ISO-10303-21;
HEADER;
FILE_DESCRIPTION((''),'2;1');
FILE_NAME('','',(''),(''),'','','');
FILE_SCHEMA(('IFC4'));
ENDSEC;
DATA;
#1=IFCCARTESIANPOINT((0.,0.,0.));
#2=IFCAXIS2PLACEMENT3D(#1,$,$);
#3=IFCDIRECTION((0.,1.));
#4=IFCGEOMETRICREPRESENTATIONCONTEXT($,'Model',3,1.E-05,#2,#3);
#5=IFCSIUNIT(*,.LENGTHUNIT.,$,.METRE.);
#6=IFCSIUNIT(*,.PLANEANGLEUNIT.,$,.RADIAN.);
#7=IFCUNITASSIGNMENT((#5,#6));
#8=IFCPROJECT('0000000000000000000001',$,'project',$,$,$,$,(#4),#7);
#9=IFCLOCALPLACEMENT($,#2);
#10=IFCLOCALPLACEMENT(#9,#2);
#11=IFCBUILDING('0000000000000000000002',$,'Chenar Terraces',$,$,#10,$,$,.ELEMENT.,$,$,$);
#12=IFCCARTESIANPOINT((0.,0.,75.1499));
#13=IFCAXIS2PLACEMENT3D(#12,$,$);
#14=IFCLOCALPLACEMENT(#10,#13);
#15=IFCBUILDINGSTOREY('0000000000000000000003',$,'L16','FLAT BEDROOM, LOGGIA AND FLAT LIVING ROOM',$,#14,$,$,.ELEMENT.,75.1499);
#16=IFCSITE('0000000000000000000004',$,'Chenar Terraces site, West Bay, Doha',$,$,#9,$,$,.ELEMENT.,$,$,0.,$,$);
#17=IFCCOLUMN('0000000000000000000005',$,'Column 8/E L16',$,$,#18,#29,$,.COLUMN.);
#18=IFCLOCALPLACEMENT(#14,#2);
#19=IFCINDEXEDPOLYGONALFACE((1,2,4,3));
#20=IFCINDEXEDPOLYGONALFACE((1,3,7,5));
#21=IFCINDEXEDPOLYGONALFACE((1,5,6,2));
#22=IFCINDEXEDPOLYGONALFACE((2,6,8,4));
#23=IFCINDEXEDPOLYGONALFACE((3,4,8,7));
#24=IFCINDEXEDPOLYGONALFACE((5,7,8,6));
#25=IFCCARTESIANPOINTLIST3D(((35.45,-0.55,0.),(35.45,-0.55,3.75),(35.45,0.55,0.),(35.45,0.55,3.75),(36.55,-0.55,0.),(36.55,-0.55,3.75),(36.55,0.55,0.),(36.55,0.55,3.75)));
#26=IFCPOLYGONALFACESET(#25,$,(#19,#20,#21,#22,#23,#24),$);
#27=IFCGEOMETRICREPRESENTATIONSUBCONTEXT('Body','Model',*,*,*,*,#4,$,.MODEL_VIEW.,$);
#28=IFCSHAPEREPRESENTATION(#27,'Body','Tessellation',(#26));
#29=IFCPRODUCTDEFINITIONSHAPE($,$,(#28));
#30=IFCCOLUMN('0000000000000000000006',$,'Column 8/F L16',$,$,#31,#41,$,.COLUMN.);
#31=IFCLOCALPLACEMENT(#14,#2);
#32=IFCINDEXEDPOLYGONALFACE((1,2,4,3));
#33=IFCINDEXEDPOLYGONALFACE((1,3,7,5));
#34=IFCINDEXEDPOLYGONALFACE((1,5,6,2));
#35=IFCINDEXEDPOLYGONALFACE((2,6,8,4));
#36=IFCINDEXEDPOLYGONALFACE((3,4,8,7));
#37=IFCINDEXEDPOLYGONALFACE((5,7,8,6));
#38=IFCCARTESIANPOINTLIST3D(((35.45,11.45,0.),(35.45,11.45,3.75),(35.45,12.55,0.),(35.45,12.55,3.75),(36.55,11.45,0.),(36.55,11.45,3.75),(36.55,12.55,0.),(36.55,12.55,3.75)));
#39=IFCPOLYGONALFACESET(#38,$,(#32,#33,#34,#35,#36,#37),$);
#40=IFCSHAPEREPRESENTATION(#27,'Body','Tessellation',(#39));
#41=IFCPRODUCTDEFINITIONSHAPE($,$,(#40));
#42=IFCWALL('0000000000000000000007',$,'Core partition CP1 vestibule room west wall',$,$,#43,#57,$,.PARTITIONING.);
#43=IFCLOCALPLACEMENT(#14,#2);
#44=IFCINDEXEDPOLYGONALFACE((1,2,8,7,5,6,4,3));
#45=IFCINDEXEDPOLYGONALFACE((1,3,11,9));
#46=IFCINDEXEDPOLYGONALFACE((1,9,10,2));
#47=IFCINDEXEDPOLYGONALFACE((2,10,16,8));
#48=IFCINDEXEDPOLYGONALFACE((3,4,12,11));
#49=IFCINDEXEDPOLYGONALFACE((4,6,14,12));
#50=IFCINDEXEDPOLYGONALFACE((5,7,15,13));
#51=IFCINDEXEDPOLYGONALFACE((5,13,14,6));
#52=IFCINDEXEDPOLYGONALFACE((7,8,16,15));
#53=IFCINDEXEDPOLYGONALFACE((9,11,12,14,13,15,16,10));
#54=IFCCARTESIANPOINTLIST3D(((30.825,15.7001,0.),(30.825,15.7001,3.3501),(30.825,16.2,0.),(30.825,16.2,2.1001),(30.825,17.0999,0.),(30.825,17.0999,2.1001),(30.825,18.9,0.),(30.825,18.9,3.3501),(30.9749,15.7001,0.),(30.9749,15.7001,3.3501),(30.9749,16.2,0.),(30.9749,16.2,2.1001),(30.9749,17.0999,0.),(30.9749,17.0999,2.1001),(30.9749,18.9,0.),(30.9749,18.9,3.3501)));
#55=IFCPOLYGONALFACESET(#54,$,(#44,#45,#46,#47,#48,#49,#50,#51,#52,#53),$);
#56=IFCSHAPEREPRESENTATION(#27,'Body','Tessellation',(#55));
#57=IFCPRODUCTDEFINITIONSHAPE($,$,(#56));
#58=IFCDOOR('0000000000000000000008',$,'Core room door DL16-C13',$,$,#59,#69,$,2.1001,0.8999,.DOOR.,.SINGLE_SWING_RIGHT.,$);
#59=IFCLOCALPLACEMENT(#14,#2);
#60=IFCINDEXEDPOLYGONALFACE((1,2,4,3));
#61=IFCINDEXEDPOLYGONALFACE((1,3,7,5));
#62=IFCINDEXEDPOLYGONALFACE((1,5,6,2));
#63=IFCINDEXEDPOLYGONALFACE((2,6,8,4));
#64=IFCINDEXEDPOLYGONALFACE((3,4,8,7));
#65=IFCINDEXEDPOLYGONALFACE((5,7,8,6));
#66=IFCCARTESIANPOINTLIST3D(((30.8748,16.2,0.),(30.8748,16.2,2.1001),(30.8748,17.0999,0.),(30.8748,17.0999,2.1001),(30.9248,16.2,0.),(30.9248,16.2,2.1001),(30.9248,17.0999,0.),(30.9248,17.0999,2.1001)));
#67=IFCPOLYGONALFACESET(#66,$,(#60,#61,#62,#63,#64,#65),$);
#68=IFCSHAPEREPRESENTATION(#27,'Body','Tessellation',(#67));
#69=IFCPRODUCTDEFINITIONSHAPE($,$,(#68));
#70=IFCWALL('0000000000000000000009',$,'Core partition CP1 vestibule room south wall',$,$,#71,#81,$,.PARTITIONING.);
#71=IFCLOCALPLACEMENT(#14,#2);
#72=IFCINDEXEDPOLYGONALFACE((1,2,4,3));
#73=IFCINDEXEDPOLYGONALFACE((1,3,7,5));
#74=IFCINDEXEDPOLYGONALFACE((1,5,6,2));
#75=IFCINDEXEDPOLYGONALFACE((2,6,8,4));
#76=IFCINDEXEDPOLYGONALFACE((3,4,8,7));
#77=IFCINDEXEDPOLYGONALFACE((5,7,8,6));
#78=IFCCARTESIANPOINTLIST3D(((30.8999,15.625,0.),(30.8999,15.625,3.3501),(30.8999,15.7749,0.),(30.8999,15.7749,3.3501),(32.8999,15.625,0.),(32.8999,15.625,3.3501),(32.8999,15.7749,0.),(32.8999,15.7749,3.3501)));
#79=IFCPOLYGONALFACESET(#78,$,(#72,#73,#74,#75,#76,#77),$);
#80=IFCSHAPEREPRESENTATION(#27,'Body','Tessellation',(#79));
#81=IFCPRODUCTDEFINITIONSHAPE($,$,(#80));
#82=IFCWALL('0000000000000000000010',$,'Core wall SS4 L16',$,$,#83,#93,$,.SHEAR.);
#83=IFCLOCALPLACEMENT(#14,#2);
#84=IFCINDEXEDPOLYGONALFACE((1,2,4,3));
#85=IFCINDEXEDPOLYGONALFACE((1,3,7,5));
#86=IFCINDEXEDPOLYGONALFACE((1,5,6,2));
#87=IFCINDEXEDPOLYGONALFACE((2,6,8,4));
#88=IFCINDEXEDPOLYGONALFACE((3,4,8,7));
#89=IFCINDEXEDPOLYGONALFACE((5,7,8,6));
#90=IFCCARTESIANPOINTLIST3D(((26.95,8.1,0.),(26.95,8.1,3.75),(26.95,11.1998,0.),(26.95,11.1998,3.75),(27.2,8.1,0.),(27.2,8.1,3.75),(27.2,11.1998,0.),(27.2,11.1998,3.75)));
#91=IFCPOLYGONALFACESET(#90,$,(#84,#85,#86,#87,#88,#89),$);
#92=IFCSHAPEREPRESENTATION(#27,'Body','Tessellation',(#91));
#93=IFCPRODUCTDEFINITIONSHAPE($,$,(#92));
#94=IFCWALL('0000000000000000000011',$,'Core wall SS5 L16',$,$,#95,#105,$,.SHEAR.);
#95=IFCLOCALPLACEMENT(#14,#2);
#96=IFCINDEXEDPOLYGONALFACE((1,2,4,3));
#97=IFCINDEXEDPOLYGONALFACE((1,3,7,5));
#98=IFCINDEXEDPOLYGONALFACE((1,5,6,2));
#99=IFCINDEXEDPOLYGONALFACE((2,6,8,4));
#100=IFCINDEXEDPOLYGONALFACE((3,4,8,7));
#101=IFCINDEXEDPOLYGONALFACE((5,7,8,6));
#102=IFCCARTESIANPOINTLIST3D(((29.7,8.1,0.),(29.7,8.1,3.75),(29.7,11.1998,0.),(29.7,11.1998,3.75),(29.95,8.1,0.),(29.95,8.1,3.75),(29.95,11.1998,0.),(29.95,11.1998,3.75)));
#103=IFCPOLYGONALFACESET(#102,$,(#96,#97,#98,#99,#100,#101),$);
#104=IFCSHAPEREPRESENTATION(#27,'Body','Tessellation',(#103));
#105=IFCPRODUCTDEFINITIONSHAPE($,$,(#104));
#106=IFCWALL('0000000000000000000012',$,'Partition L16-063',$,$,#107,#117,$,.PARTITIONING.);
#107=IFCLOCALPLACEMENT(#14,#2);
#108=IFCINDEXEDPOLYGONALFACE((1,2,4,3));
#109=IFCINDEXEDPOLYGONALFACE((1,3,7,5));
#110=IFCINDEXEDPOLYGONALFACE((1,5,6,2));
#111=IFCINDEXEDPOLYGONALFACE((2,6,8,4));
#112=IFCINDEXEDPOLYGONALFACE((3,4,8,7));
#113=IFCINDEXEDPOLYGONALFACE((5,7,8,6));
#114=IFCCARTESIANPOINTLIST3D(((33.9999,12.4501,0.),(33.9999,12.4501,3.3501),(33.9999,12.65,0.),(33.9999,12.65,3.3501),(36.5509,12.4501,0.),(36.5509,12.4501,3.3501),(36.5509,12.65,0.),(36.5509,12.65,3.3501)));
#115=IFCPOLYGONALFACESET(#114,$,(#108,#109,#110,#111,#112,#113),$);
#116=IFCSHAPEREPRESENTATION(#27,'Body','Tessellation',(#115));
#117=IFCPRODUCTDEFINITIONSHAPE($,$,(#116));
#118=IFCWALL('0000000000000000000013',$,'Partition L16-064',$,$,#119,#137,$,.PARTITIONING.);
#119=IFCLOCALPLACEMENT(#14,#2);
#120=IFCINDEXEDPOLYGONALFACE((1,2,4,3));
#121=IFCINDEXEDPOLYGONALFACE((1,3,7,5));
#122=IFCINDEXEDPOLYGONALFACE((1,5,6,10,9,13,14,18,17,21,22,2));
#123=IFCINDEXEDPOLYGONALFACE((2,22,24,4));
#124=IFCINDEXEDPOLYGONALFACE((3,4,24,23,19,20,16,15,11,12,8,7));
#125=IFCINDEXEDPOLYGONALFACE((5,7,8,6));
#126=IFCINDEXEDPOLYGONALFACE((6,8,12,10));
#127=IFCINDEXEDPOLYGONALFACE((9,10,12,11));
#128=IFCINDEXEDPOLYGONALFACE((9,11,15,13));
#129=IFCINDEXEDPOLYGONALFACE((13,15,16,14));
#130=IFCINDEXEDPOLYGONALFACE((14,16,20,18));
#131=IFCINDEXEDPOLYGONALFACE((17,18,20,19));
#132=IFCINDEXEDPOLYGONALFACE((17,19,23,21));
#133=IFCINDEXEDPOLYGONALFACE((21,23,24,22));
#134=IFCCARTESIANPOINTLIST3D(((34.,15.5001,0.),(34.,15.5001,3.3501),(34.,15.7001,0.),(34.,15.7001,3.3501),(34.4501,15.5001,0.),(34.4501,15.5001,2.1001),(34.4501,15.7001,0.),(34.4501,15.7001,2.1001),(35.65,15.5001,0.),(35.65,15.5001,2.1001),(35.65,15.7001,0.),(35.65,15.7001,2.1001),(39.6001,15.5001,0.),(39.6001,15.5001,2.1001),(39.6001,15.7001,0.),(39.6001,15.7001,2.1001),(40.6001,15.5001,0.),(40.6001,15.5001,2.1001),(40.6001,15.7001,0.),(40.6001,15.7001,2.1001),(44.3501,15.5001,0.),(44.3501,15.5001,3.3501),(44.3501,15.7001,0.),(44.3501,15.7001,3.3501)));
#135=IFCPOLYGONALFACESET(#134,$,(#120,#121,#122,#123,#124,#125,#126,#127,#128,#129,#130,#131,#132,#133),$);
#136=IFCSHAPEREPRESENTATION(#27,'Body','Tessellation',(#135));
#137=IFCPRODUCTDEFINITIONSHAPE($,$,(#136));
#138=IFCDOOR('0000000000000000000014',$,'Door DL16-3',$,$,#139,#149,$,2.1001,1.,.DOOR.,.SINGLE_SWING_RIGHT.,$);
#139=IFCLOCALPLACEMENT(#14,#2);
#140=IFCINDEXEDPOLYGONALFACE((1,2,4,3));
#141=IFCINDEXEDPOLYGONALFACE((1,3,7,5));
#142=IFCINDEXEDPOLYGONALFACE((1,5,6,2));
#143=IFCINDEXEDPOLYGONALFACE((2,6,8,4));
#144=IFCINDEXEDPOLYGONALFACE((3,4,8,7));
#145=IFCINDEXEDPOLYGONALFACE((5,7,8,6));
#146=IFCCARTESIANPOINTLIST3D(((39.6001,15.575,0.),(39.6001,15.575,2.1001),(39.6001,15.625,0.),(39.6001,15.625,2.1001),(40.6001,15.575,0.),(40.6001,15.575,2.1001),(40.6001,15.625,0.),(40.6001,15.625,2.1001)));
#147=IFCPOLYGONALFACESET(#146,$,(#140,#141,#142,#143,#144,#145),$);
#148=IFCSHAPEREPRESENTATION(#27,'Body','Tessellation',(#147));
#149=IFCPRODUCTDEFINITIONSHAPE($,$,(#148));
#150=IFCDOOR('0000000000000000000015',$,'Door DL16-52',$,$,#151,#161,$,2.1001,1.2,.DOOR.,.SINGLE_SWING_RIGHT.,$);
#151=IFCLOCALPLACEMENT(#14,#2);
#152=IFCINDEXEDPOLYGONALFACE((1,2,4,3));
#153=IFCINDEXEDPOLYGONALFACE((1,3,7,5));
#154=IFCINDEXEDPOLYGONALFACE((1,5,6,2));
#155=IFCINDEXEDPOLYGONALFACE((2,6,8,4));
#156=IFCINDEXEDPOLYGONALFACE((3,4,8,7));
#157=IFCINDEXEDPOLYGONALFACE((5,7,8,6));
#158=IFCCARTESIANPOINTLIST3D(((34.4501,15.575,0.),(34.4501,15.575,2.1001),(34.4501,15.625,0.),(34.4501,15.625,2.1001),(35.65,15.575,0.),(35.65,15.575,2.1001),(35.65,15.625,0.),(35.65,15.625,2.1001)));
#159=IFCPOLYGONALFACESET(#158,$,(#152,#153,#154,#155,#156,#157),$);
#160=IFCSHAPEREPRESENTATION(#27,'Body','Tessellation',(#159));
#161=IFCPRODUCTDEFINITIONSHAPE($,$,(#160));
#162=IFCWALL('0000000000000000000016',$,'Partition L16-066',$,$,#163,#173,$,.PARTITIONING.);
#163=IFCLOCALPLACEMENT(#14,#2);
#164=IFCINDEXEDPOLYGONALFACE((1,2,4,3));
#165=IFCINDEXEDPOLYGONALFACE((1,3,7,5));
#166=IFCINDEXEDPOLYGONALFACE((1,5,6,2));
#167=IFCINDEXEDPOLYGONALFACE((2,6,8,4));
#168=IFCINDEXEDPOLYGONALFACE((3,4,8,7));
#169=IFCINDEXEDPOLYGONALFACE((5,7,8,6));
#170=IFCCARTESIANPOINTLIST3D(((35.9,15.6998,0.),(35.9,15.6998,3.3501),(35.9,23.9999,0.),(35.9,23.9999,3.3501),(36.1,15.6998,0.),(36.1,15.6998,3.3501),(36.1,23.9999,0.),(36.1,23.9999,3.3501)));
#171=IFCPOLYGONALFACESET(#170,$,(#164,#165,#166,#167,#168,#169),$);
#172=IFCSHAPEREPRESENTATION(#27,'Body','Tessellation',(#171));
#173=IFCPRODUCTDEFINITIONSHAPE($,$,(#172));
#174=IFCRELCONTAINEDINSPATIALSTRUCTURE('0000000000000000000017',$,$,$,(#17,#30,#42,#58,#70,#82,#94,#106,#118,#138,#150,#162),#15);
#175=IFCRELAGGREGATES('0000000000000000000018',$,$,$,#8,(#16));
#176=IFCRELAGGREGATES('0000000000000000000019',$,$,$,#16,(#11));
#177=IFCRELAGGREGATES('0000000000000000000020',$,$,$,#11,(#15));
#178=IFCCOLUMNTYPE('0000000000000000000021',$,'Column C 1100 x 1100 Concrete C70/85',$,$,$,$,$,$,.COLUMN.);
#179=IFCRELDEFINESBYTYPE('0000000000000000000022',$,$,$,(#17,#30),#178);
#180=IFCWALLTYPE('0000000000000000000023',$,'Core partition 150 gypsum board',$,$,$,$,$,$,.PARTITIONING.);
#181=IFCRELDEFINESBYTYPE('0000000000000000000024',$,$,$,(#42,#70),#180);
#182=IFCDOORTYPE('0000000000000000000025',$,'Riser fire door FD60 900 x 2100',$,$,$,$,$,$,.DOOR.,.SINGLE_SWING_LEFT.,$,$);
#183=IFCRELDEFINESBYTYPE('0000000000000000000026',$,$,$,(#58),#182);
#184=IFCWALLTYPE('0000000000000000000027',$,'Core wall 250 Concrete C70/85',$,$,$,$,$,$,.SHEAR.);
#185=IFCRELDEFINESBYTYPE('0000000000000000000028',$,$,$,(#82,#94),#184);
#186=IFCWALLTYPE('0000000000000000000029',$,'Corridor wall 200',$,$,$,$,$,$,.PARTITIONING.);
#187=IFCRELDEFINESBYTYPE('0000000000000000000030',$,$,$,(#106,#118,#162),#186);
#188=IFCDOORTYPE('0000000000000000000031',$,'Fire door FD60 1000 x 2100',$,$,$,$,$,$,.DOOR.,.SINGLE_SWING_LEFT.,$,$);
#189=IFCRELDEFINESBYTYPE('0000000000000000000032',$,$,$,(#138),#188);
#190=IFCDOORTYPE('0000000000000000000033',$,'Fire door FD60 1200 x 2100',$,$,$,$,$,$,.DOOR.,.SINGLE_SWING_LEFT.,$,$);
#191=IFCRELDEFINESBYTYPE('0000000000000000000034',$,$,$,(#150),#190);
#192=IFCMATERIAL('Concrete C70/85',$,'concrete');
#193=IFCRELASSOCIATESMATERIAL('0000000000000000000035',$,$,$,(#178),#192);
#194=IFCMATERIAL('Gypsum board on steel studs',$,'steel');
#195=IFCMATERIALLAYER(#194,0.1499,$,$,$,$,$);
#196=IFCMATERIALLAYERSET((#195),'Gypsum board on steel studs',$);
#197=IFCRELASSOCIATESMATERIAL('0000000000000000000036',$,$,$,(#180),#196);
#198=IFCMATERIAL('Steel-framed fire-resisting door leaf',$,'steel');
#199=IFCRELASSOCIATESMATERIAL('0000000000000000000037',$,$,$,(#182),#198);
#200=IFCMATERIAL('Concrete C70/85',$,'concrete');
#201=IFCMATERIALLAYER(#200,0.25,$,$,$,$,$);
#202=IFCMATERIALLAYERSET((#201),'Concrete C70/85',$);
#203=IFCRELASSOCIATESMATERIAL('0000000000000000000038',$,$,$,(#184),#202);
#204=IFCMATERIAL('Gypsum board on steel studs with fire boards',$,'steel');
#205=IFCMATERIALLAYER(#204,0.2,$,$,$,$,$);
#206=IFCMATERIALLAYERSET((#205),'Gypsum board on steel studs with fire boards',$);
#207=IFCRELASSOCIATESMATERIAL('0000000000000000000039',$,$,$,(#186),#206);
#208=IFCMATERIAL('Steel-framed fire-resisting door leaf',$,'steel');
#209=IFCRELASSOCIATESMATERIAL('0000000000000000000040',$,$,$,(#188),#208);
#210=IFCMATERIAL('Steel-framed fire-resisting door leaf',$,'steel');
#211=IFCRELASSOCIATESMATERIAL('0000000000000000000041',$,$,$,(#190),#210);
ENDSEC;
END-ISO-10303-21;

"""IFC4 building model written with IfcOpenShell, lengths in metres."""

from ifc_helpers import new_model, si_unit, direction, frame, frame_2d, origin, origin_2d, place, context, subcontext, project, spatial, rectangle, extrude, material, layer, layer_set, material_profile, profile_set, type_object, element, fill, save


model = new_model("IFC4")

# Units and contexts
model_context = context("Model", 3, precision=1e-05, world=origin(), true_north=direction((0.0, 1.0)))
body_context = subcontext(model_context, "Body", "Model", "MODEL_VIEW")
ifc_project = project(units=[si_unit("LENGTHUNIT", "METRE"), si_unit("PLANEANGLEUNIT", "RADIAN")], contexts=[model_context])

# Site, building, storey
site_placement = place(None, origin())
site = spatial("IfcSite", under=ifc_project, at=site_placement, Name="Chenar Terraces site, West Bay, Doha", CompositionType="ELEMENT", RefElevation=0.0)
building_placement = place(site_placement, origin())
building = spatial("IfcBuilding", under=site, at=building_placement, Name="Chenar Terraces", CompositionType="ELEMENT")
storey_placement = place(building_placement, frame((0.0, 0.0, 75.1499)))
storey = spatial("IfcBuildingStorey", under=building, at=storey_placement, Name="L16", Description="FLAT BEDROOM, LOGGIA AND FLAT LIVING ROOM", CompositionType="ELEMENT", Elevation=75.1499)

# Columns
ifc_material_1 = material(Name="Concrete C70/85", Category="concrete")
ifc_material_profile = material_profile(ifc_material_1, rectangle(XDim=1.1001, YDim=1.1001, at=origin_2d()), Name="C 1100 x 1100")
ifc_profile_set = profile_set([ifc_material_profile], Name="Concrete C70/85")
column_type = type_object("IfcColumnType", Name="Column C 1100 x 1100 Concrete C70/85", PredefinedType="COLUMN", material=ifc_profile_set)
for number, where, z_axis, x_axis, name in (
    (1, (36.0, 0.0, 0.0), (0.0, 0.0, 1.0), (1.0, 0.0, 0.0), "Column 8/E L16"),
    (2, (36.0, 12.0, 0.0), (0.0, 0.0, 1.0), (1.0, 0.0, 0.0), "Column 8/F L16"),
):
    element("IfcColumn", number, at=place(storey_placement, frame(where, z_axis=z_axis, x_axis=x_axis)), inside=storey, type_object=column_type, Name=name, PredefinedType="COLUMN", context=body_context, shape_type="SweptSolid", body=[
        extrude(rectangle(XDim=1.1001, YDim=1.1001, at=origin_2d()), origin(), (0.0, 0.0, 1.0), 3.75),
    ])

# Wall, opening, door
ifc_material_2 = material(Name="Gypsum board on steel studs", Category="steel")
ifc_layer_1 = layer(ifc_material_2, 0.1499)
ifc_layer_set_1 = layer_set([ifc_layer_1], Name="Gypsum board on steel studs")
wall_type_1 = type_object("IfcWallType", Name="Core partition 150 gypsum board", PredefinedType="PARTITIONING", material=ifc_layer_set_1)
wall_1_placement = place(storey_placement, frame((30.8999, 15.7, 0.0), z_axis=(0.0, 0.0, 1.0), x_axis=(0.0, 1.0, 0.0)))
wall_1 = element("IfcWall", 3, at=wall_1_placement, inside=storey, type_object=wall_type_1, Name="Core partition CP1 vestibule room west wall", PredefinedType="PARTITIONING", context=body_context, shape_type="SweptSolid", body=[
    extrude(rectangle(XDim=3.2, YDim=0.1499, at=frame_2d((1.6001, 0.0))), origin(), (0.0, 0.0, 1.0), 3.3501),
])
opening_1_placement = place(wall_1_placement, frame((0.5, 0.0, 0.0)))
opening_1 = element("IfcOpeningElement", 4, at=opening_1_placement, cuts=wall_1, PredefinedType="OPENING", context=body_context, shape_type="SweptSolid", body=[
    extrude(rectangle(XDim=0.8999, YDim=2.1001, at=frame_2d((0.45, 1.05))), frame((0.0, 0.085, 0.0), z_axis=(0.0, -1.0, 0.0), x_axis=(1.0, 0.0, 0.0)), (0.0, 0.0, 1.0), 0.1699),
])
ifc_material_3 = material(Name="Steel-framed fire-resisting door leaf", Category="steel")
door_type_1 = type_object("IfcDoorType", Name="Riser fire door FD60 900 x 2100", OperationType="SINGLE_SWING_LEFT", PredefinedType="DOOR", material=ifc_material_3)
door_1_placement = place(opening_1_placement, frame((0.8999, 0.0, 0.0), z_axis=(0.0, 0.0, 1.0), x_axis=(-1.0, 0.0, 0.0)))
door_1 = element("IfcDoor", 5, at=door_1_placement, inside=storey, type_object=door_type_1, Name="Core room door DL16-C13", OperationType="SINGLE_SWING_RIGHT", OverallHeight=2.1001, OverallWidth=0.8999, PredefinedType="DOOR", context=body_context, shape_type="SweptSolid", body=[
    extrude(rectangle(XDim=0.8999, YDim=2.1001, at=frame_2d((0.45, 1.05))), frame((0.0, 0.0249, 0.0), z_axis=(0.0, -1.0, 0.0), x_axis=(1.0, 0.0, 0.0)), (0.0, 0.0, 1.0), 0.05),
])
fill(opening_1, door_1)

# Wall
wall_2_placement = place(storey_placement, frame((30.8999, 15.7, 0.0), z_axis=(0.0, 0.0, 1.0), x_axis=(1.0, 0.0, 0.0)))
element("IfcWall", 6, at=wall_2_placement, inside=storey, type_object=wall_type_1, Name="Core partition CP1 vestibule room south wall", PredefinedType="PARTITIONING", context=body_context, shape_type="SweptSolid", body=[
    extrude(rectangle(XDim=2.0, YDim=0.1499, at=frame_2d((1.0, 0.0))), origin(), (0.0, 0.0, 1.0), 3.3501),
])

# Walls
ifc_material_4 = material(Name="Concrete C70/85", Category="concrete")
ifc_layer_2 = layer(ifc_material_4, 0.25)
ifc_layer_set_2 = layer_set([ifc_layer_2], Name="Concrete C70/85")
wall_type_2 = type_object("IfcWallType", Name="Core wall 250 Concrete C70/85", PredefinedType="SHEAR", material=ifc_layer_set_2)
for number, where, z_axis, x_axis, name in (
    (7, (27.075, 8.1001, 0.0), (0.0, 0.0, 1.0), (0.0, 1.0, 0.0), "Core wall SS4 L16"),
    (8, (29.825, 8.1001, 0.0), (0.0, 0.0, 1.0), (0.0, 1.0, 0.0), "Core wall SS5 L16"),
):
    element("IfcWall", number, at=place(storey_placement, frame(where, z_axis=z_axis, x_axis=x_axis)), inside=storey, type_object=wall_type_2, Name=name, PredefinedType="SHEAR", context=body_context, shape_type="SweptSolid", body=[
        extrude(rectangle(XDim=3.0999, YDim=0.25, at=frame_2d((1.5498, 0.0))), origin(), (0.0, 0.0, 1.0), 3.75),
    ])
ifc_material_5 = material(Name="Gypsum board on steel studs with fire boards", Category="steel")
ifc_layer_3 = layer(ifc_material_5, 0.2)
ifc_layer_set_3 = layer_set([ifc_layer_3], Name="Gypsum board on steel studs with fire boards")
wall_type_3 = type_object("IfcWallType", Name="Corridor wall 200", PredefinedType="PARTITIONING", material=ifc_layer_set_3)
wall_3_placement = place(storey_placement, frame((34.0, 12.55, 0.0), z_axis=(0.0, 0.0, 1.0), x_axis=(1.0, 0.0, 0.0)))
element("IfcWall", 9, at=wall_3_placement, inside=storey, type_object=wall_type_3, Name="Partition L16-063", PredefinedType="PARTITIONING", context=body_context, shape_type="SweptSolid", body=[
    extrude(rectangle(XDim=2.551, YDim=0.2, at=frame_2d((1.2754, 0.0))), origin(), (0.0, 0.0, 1.0), 3.3501),
])

# Wall, openings, doors
wall_4_placement = place(storey_placement, frame((34.0, 15.6001, 0.0), z_axis=(0.0, 0.0, 1.0), x_axis=(1.0, 0.0, 0.0)))
wall_4 = element("IfcWall", 10, at=wall_4_placement, inside=storey, type_object=wall_type_3, Name="Partition L16-064", PredefinedType="PARTITIONING", context=body_context, shape_type="SweptSolid", body=[
    extrude(rectangle(XDim=10.3501, YDim=0.2, at=frame_2d((5.175, 0.0))), origin(), (0.0, 0.0, 1.0), 3.3501),
])
opening_2_placement = place(wall_4_placement, frame((5.6001, 0.0, 0.0)))
opening_2 = element("IfcOpeningElement", 11, at=opening_2_placement, cuts=wall_4, PredefinedType="OPENING", context=body_context, shape_type="SweptSolid", body=[
    extrude(rectangle(XDim=1.0, YDim=2.1001, at=frame_2d((0.5, 1.05))), frame((0.0, 0.1099, 0.0), z_axis=(0.0, -1.0, 0.0), x_axis=(1.0, 0.0, 0.0)), (0.0, 0.0, 1.0), 0.22),
])
opening_3_placement = place(wall_4_placement, frame((0.45, 0.0, 0.0)))
opening_3 = element("IfcOpeningElement", 12, at=opening_3_placement, cuts=wall_4, PredefinedType="OPENING", context=body_context, shape_type="SweptSolid", body=[
    extrude(rectangle(XDim=1.2, YDim=2.1001, at=frame_2d((0.6001, 1.05))), frame((0.0, 0.1099, 0.0), z_axis=(0.0, -1.0, 0.0), x_axis=(1.0, 0.0, 0.0)), (0.0, 0.0, 1.0), 0.22),
])
ifc_material_6 = material(Name="Steel-framed fire-resisting door leaf", Category="steel")
door_type_2 = type_object("IfcDoorType", Name="Fire door FD60 1000 x 2100", OperationType="SINGLE_SWING_LEFT", PredefinedType="DOOR", material=ifc_material_6)
door_2_placement = place(opening_2_placement, origin())
door_2 = element("IfcDoor", 13, at=door_2_placement, inside=storey, type_object=door_type_2, Name="Door DL16-3", OperationType="SINGLE_SWING_RIGHT", OverallHeight=2.1001, OverallWidth=1.0, PredefinedType="DOOR", context=body_context, shape_type="SweptSolid", body=[
    extrude(rectangle(XDim=1.0, YDim=2.1001, at=frame_2d((0.5, 1.05))), frame((0.0, 0.0249, 0.0), z_axis=(0.0, -1.0, 0.0), x_axis=(1.0, 0.0, 0.0)), (0.0, 0.0, 1.0), 0.05),
])
fill(opening_2, door_2)
ifc_material_7 = material(Name="Steel-framed fire-resisting door leaf", Category="steel")
door_type_3 = type_object("IfcDoorType", Name="Fire door FD60 1200 x 2100", OperationType="SINGLE_SWING_LEFT", PredefinedType="DOOR", material=ifc_material_7)
door_3_placement = place(opening_3_placement, origin())
door_3 = element("IfcDoor", 14, at=door_3_placement, inside=storey, type_object=door_type_3, Name="Door DL16-52", OperationType="SINGLE_SWING_RIGHT", OverallHeight=2.1001, OverallWidth=1.2, PredefinedType="DOOR", context=body_context, shape_type="SweptSolid", body=[
    extrude(rectangle(XDim=1.2, YDim=2.1001, at=frame_2d((0.6001, 1.05))), frame((0.0, 0.0249, 0.0), z_axis=(0.0, -1.0, 0.0), x_axis=(1.0, 0.0, 0.0)), (0.0, 0.0, 1.0), 0.05),
])
fill(opening_3, door_3)

# Wall
wall_5_placement = place(storey_placement, frame((36.0, 15.7, 0.0), z_axis=(0.0, 0.0, 1.0), x_axis=(0.0, 1.0, 0.0)))
element("IfcWall", 15, at=wall_5_placement, inside=storey, type_object=wall_type_3, Name="Partition L16-066", PredefinedType="PARTITIONING", context=body_context, shape_type="SweptSolid", body=[
    extrude(rectangle(XDim=8.3, YDim=0.2, at=frame_2d((4.1499, 0.0))), origin(), (0.0, 0.0, 1.0), 3.3501),
])

save(model, "model.ifc")
